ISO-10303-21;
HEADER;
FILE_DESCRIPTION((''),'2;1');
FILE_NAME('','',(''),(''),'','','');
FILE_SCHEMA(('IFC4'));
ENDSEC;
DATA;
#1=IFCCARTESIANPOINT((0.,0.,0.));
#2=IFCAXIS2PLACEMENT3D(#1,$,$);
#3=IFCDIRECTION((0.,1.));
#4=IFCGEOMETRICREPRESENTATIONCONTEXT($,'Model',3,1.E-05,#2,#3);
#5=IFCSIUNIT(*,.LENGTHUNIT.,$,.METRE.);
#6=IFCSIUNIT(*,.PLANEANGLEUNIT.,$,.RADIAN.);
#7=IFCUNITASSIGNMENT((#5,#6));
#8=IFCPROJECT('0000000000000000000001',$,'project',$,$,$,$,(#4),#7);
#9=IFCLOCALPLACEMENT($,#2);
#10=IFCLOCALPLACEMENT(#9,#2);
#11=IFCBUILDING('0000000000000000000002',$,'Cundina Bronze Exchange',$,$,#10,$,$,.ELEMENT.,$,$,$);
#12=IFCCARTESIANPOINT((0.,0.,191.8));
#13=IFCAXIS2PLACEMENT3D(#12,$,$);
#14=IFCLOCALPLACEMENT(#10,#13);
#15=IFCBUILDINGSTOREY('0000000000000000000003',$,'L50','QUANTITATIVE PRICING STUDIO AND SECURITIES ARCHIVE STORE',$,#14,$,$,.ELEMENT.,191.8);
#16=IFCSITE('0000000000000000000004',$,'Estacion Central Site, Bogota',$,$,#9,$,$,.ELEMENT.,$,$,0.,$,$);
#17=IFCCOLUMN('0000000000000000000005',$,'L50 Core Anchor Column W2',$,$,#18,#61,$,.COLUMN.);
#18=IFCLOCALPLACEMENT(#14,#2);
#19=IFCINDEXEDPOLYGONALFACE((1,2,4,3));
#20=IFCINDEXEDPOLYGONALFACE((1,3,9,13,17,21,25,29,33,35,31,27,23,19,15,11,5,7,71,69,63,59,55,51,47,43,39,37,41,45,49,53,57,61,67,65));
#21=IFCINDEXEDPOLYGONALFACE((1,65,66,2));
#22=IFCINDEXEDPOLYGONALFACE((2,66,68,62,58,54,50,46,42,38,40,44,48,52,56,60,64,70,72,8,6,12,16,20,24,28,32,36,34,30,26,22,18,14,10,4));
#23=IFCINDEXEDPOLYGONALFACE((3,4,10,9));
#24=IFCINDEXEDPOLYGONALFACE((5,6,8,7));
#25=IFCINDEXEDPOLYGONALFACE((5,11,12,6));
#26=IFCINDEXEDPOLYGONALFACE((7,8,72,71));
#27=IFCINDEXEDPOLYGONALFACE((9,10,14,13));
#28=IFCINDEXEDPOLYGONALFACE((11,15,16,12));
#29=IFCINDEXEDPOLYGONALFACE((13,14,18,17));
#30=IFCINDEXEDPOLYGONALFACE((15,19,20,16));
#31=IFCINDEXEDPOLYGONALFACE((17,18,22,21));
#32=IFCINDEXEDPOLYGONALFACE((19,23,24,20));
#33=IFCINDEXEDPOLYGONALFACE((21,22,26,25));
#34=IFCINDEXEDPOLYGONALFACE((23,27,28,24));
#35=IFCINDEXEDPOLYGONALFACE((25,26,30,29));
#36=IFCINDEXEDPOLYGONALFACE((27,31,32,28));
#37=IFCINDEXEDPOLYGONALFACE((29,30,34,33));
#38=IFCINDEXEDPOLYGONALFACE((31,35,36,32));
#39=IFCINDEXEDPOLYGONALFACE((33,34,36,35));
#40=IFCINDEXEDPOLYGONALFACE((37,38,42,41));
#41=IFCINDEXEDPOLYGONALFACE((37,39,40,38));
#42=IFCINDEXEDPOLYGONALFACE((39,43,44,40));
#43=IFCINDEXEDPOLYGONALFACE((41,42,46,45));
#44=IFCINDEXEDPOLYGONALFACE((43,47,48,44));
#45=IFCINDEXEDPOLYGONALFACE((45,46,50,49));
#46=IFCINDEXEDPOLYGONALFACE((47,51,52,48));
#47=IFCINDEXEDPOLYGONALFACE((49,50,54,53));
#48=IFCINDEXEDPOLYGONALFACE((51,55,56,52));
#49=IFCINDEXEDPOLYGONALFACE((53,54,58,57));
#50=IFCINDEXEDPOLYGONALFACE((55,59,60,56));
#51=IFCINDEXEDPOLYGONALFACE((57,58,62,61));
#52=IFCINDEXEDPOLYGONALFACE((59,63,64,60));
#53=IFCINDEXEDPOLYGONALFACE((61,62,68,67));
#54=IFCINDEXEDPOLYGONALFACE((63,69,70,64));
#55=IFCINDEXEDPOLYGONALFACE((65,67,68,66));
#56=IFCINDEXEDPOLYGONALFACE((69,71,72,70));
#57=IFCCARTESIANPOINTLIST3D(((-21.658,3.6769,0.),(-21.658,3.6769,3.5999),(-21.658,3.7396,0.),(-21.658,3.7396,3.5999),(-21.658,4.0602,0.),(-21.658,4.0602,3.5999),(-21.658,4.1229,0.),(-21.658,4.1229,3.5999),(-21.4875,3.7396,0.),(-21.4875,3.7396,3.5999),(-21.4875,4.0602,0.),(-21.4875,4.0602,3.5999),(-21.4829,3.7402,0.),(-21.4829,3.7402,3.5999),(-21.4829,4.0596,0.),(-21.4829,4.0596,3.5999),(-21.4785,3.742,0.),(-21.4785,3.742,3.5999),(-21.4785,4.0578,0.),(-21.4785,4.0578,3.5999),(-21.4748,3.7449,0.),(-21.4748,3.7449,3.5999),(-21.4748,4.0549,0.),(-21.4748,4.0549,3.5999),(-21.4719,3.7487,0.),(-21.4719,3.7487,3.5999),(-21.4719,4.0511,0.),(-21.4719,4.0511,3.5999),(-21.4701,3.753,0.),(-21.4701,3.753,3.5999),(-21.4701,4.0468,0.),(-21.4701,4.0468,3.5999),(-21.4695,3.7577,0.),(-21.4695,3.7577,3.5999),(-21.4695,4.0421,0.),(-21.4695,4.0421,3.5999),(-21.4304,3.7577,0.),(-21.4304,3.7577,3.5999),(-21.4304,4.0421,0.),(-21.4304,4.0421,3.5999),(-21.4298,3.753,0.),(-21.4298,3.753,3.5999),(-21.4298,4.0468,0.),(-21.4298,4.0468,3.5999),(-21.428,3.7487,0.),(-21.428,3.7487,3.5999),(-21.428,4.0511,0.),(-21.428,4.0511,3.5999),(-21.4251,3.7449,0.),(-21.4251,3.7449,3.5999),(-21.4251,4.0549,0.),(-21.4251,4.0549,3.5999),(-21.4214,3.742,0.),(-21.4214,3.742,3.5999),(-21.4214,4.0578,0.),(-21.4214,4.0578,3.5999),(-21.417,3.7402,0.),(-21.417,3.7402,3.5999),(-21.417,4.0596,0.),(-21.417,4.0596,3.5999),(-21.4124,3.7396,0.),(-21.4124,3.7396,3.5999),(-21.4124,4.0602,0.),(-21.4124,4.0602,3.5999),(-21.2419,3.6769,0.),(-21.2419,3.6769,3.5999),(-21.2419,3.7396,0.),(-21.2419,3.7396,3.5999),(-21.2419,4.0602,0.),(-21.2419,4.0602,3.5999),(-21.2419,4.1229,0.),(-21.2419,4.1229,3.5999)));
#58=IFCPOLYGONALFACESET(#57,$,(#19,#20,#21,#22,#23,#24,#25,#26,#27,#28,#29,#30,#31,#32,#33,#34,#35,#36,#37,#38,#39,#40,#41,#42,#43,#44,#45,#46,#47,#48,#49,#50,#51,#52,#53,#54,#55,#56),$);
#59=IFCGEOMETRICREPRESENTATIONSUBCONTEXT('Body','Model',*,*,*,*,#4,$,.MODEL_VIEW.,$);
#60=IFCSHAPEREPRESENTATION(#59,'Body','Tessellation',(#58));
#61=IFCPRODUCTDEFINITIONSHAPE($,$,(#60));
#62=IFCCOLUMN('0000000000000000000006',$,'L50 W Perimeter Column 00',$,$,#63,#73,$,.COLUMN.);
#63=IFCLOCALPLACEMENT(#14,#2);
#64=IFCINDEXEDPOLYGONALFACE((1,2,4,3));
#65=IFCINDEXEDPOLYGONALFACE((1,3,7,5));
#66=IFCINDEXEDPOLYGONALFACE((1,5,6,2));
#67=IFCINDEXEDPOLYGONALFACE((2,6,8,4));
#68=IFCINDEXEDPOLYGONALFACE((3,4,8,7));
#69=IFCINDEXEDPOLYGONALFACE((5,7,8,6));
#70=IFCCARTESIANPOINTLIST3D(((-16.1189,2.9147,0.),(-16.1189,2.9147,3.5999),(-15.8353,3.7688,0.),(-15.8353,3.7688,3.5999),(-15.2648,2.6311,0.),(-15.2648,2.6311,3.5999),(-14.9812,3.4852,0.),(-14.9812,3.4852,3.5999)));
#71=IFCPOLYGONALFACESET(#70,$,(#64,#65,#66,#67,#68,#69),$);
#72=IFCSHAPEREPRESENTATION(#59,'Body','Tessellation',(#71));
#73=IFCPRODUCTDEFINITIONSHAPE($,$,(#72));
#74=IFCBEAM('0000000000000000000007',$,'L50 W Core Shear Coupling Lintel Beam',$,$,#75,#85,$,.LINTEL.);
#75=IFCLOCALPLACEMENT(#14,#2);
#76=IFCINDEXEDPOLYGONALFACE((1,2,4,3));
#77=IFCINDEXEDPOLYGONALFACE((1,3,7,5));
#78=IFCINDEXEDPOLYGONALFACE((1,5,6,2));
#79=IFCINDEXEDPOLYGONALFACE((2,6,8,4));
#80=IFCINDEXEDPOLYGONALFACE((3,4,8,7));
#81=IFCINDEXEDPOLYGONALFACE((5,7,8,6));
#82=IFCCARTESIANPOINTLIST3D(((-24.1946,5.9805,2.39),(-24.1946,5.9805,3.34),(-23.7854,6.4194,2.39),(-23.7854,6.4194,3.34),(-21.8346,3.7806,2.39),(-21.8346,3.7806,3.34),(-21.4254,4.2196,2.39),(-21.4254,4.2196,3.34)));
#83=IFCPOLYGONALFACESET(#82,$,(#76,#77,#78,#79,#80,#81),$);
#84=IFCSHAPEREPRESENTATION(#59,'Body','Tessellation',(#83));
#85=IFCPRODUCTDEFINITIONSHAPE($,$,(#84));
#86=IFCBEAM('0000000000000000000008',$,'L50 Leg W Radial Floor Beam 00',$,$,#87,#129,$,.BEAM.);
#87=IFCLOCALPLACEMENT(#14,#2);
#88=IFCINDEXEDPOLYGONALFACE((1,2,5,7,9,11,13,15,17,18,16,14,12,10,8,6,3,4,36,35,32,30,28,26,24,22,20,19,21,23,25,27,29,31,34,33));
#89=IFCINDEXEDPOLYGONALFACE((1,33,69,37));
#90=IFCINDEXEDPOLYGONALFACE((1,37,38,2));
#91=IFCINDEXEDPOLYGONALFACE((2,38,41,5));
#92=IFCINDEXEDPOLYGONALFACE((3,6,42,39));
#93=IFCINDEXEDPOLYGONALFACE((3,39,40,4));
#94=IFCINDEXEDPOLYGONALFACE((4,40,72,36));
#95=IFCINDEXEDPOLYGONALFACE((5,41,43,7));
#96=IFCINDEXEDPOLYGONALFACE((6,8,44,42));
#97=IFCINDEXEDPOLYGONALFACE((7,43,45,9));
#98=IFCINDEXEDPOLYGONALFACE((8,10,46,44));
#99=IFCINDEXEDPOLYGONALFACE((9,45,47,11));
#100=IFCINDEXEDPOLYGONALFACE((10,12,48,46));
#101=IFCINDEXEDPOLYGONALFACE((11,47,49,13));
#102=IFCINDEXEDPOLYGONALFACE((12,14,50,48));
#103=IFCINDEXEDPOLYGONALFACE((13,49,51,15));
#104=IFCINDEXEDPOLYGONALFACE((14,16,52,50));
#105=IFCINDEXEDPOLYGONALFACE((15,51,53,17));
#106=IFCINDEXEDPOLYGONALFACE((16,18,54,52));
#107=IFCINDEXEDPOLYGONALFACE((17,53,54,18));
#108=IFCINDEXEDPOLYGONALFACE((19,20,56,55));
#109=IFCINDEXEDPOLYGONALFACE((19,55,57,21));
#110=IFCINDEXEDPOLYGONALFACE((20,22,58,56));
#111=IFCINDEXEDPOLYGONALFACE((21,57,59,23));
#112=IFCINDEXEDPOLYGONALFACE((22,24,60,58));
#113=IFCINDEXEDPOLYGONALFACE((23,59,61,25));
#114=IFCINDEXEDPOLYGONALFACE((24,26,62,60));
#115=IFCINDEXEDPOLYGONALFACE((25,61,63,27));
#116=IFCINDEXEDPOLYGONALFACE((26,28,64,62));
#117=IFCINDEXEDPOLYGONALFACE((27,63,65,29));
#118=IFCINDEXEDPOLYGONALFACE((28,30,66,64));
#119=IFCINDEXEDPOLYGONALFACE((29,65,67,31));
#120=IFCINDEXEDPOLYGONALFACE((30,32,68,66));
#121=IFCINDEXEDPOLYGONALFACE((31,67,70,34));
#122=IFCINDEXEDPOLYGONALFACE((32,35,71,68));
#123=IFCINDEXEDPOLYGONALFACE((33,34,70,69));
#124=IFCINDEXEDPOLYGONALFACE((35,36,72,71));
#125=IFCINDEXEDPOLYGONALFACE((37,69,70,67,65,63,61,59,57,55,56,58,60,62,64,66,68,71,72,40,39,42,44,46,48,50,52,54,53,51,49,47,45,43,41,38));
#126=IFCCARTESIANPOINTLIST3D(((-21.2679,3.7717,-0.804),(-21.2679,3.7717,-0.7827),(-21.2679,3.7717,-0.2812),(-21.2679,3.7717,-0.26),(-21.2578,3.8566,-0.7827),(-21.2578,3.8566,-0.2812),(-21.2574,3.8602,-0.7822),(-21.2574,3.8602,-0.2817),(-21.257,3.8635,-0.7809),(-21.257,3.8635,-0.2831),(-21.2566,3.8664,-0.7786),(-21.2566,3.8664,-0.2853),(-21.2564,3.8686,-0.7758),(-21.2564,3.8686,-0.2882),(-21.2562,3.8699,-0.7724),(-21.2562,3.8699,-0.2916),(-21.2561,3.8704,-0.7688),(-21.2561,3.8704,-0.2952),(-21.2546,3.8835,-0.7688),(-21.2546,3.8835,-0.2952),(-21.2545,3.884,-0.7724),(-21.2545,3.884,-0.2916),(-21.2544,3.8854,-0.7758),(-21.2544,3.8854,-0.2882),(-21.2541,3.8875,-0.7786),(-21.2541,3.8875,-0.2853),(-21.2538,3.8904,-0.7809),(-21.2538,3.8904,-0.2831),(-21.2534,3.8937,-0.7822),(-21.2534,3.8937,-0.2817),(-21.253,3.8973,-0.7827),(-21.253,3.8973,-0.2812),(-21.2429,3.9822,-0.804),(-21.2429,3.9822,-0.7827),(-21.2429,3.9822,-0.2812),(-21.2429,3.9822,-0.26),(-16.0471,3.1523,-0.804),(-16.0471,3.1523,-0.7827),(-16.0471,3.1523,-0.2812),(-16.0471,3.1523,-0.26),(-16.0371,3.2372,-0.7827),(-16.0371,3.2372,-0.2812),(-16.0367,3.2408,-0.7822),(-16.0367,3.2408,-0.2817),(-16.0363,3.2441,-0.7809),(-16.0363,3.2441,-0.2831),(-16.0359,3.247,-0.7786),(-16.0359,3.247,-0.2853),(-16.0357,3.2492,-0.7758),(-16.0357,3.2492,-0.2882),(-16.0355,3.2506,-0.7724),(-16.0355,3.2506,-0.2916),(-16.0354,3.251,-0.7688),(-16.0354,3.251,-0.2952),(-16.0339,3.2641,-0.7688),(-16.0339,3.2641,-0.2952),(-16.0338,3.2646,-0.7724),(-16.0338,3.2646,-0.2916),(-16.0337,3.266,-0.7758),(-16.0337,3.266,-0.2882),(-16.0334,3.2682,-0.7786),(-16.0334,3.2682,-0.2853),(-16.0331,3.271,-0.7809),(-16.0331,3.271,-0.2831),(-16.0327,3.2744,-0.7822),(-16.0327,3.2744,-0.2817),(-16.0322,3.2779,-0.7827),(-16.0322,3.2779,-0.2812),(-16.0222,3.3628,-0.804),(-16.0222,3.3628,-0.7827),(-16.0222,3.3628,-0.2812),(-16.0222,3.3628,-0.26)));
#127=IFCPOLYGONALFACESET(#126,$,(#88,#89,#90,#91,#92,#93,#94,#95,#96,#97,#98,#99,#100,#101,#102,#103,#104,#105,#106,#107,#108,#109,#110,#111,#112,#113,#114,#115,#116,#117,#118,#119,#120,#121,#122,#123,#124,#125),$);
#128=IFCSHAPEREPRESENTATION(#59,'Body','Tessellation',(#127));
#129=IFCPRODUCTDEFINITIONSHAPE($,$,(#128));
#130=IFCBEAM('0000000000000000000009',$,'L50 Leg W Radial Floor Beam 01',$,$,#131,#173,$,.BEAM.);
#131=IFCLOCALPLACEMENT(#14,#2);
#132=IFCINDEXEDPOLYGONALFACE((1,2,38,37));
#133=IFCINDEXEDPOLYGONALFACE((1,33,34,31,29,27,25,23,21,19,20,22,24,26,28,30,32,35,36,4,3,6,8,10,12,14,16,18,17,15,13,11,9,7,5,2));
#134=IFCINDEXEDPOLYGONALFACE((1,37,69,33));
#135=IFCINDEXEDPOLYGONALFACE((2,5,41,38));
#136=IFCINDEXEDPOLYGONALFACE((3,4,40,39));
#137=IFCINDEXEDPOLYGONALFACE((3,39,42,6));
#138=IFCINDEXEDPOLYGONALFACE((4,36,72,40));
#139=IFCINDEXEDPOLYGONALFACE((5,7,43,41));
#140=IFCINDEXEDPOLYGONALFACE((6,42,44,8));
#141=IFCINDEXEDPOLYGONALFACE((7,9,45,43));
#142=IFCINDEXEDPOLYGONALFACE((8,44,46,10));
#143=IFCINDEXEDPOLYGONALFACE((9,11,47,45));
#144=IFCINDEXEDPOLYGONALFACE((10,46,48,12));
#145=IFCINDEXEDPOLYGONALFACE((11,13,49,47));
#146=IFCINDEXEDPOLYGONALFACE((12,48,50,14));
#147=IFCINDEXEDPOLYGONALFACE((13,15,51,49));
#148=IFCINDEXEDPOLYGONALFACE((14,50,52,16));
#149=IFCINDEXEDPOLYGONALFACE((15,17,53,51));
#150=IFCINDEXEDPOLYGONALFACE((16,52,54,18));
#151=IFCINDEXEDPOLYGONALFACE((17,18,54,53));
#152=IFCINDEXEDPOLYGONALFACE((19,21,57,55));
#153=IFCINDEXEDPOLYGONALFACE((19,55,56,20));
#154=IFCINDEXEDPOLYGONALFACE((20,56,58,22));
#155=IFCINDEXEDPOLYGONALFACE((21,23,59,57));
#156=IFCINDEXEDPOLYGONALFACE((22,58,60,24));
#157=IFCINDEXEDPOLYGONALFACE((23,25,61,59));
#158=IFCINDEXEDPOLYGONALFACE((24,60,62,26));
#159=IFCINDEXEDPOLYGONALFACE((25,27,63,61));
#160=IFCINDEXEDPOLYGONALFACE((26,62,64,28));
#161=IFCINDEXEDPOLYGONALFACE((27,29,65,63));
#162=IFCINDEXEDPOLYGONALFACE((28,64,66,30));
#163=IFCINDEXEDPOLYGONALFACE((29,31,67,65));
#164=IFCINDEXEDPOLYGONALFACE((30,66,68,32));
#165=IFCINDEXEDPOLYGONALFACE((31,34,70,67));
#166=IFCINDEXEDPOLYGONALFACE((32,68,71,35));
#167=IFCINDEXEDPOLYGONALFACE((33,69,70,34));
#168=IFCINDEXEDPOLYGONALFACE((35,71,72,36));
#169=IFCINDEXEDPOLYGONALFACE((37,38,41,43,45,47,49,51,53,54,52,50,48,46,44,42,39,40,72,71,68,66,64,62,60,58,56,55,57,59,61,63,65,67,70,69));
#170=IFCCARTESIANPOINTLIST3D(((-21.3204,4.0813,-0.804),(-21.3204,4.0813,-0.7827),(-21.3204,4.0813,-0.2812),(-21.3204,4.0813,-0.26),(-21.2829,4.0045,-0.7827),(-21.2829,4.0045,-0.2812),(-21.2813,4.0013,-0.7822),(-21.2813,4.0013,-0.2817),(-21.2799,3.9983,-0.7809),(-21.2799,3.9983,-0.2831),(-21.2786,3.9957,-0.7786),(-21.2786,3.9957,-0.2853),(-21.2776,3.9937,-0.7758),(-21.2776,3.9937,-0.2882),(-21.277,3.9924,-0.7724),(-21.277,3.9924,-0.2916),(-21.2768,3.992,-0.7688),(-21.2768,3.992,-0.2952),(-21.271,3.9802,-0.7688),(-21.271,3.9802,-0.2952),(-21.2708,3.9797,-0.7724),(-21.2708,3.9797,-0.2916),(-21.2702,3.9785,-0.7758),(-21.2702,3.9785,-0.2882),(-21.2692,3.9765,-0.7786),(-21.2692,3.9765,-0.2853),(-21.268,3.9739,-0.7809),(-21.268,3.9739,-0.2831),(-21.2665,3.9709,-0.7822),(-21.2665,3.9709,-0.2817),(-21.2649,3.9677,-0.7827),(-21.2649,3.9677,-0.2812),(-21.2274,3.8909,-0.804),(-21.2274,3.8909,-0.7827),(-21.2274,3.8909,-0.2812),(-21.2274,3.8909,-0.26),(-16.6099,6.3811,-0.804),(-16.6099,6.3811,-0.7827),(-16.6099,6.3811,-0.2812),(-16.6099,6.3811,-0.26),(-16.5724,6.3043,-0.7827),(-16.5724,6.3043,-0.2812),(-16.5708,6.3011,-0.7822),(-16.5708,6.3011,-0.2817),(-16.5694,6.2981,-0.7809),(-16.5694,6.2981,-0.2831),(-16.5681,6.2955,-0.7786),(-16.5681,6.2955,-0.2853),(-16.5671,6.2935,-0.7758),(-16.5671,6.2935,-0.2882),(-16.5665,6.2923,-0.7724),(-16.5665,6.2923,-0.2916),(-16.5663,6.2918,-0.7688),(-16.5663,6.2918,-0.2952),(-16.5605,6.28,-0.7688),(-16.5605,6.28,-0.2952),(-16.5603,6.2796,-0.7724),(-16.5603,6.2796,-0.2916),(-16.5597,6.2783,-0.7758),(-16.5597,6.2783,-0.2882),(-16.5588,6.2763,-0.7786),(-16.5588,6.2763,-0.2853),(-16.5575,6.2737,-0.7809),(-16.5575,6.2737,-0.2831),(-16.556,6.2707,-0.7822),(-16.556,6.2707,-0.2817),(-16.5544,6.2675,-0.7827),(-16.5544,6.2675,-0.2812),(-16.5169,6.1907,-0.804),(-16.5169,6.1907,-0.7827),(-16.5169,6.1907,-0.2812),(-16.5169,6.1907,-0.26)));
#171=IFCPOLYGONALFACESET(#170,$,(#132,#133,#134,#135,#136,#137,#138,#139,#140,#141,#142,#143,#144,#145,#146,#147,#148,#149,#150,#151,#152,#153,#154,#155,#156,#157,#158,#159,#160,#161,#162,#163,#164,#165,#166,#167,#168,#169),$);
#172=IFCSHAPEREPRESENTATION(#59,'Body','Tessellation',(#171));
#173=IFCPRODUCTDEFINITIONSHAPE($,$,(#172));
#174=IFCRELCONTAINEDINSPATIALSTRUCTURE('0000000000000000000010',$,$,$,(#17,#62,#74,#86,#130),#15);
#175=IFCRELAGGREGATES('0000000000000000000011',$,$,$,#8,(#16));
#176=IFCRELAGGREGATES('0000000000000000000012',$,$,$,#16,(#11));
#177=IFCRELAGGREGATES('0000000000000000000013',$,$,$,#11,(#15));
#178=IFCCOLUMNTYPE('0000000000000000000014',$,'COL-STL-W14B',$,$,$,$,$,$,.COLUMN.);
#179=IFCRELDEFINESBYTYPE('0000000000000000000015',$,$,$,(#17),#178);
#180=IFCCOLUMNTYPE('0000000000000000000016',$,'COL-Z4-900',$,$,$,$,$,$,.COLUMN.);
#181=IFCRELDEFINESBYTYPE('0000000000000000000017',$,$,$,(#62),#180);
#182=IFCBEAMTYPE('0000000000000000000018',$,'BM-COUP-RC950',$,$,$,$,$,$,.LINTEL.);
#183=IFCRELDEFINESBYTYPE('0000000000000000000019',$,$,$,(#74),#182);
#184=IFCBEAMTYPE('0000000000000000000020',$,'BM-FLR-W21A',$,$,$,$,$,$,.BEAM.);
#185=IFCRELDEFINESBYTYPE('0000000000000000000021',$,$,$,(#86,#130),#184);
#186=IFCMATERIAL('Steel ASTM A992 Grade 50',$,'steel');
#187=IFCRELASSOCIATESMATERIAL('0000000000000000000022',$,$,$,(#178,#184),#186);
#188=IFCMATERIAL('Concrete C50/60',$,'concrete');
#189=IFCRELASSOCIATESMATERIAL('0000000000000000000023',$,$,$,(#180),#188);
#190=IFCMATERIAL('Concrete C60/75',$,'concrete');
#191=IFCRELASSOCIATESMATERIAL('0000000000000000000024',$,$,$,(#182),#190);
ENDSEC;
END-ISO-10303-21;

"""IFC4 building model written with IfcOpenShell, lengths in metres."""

from ifc_helpers import new_model, si_unit, direction, frame, origin, origin_2d, place, context, subcontext, project, spatial, rectangle, i_section, extrude, material, material_profile, profile_set, type_object, element, save


model = new_model("IFC4")

# Units and contexts
model_context = context("Model", 3, precision=1e-05, world=origin(), true_north=direction((0.0, 1.0)))
body_context = subcontext(model_context, "Body", "Model", "MODEL_VIEW")
ifc_project = project(units=[si_unit("LENGTHUNIT", "METRE"), si_unit("PLANEANGLEUNIT", "RADIAN")], contexts=[model_context])

# Site, building, storey
site_placement = place(None, origin())
site = spatial("IfcSite", under=ifc_project, at=site_placement, Name="Estacion Central Site, Bogota", CompositionType="ELEMENT", RefElevation=0.0)
building_placement = place(site_placement, origin())
building = spatial("IfcBuilding", under=site, at=building_placement, Name="Cundina Bronze Exchange", CompositionType="ELEMENT")
storey_placement = place(building_placement, frame((0.0, 0.0, 191.8)))
storey = spatial("IfcBuildingStorey", under=building, at=storey_placement, Name="L50", Description="QUANTITATIVE PRICING STUDIO AND SECURITIES ARCHIVE STORE", CompositionType="ELEMENT", Elevation=191.8)

# Columns
ifc_material_1 = material(Name="Steel ASTM A992 Grade 50", Category="steel")
ifc_material_profile_1 = material_profile(ifc_material_1, i_section(OverallWidth=0.416, OverallDepth=0.446, WebThickness=0.0391, FlangeThickness=0.0627, FilletRadius=0.0181, at=origin_2d()), Name="W14X342", Category="steel")
ifc_profile_set_1 = profile_set([ifc_material_profile_1], Name="Steel ASTM A992 Grade 50")
column_type_1 = type_object("IfcColumnType", Name="COL-STL-W14B", PredefinedType="COLUMN", material=ifc_profile_set_1)
column_1_placement = place(storey_placement, frame((-21.45, 3.8999, 0.0), z_axis=(0.0, 0.0, 1.0), x_axis=(1.0, 0.0, 0.0)))
element("IfcColumn", 1, at=column_1_placement, inside=storey, type_object=column_type_1, Name="L50 Core Anchor Column W2", PredefinedType="COLUMN", context=body_context, shape_type="SweptSolid", body=[
    extrude(i_section(OverallWidth=0.416, OverallDepth=0.446, WebThickness=0.0391, FlangeThickness=0.0627, FilletRadius=0.0181, at=origin_2d()), origin(), (0.0, 0.0, 1.0), 3.5999),
])
ifc_material_2 = material(Name="Concrete C50/60", Category="concrete")
ifc_material_profile_2 = material_profile(ifc_material_2, rectangle(XDim=0.8999, YDim=0.8999, at=origin_2d()), Name="RC900X900", Category="concrete")
ifc_profile_set_2 = profile_set([ifc_material_profile_2], Name="Concrete C50/60")
column_type_2 = type_object("IfcColumnType", Name="COL-Z4-900", PredefinedType="COLUMN", material=ifc_profile_set_2)
column_2_placement = place(storey_placement, frame((-15.55, 3.2, 0.0), z_axis=(0.0, 0.0, 1.0), x_axis=(0.315152, 0.949041, 0.0)))
element("IfcColumn", 2, at=column_2_placement, inside=storey, type_object=column_type_2, Name="L50 W Perimeter Column 00", PredefinedType="COLUMN", context=body_context, shape_type="SweptSolid", body=[
    extrude(rectangle(XDim=0.8999, YDim=0.8999, at=origin_2d()), origin(), (0.0, 0.0, 1.0), 3.5999),
])

# Beams
ifc_material_3 = material(Name="Concrete C60/75", Category="concrete")
ifc_material_profile_3 = material_profile(ifc_material_3, rectangle(XDim=0.6001, YDim=0.95, at=origin_2d()), Name="RC600X950", Category="concrete")
ifc_profile_set_3 = profile_set([ifc_material_profile_3], Name="Concrete C60/75")
beam_type_1 = type_object("IfcBeamType", Name="BM-COUP-RC950", PredefinedType="LINTEL", material=ifc_profile_set_3)
beam_1_placement = place(storey_placement, frame((-23.99, 6.2, 2.865), z_axis=(0.73149, -0.681852, 0.0), x_axis=(0.681852, 0.73149, 0.0)))
element("IfcBeam", 3, at=beam_1_placement, inside=storey, type_object=beam_type_1, Name="L50 W Core Shear Coupling Lintel Beam", PredefinedType="LINTEL", context=body_context, shape_type="SweptSolid", body=[
    extrude(rectangle(XDim=0.6001, YDim=0.95, at=origin_2d()), origin(), (0.0, 0.0, 1.0), 3.2263),
])
ifc_material_profile_4 = material_profile(ifc_material_1, i_section(OverallWidth=0.2119, OverallDepth=0.5439, WebThickness=0.0132, FlangeThickness=0.0212, FilletRadius=0.0139, at=origin_2d()), Name="W21X83", Category="steel")
ifc_profile_set_4 = profile_set([ifc_material_profile_4], Name="Steel ASTM A992 Grade 50")
beam_type_2 = type_object("IfcBeamType", Name="BM-FLR-W21A", PredefinedType="BEAM", material=ifc_profile_set_4)
beam_2_placement = place(storey_placement, frame((-21.2554, 3.877, -0.532), z_axis=(0.993036, -0.117814, 0.0), x_axis=(0.117814, 0.993036, 0.0)))
element("IfcBeam", 4, at=beam_2_placement, inside=storey, type_object=beam_type_2, Name="L50 Leg W Radial Floor Beam 00", PredefinedType="BEAM", context=body_context, shape_type="SweptSolid", body=[
    extrude(i_section(OverallWidth=0.2119, OverallDepth=0.5439, WebThickness=0.0132, FlangeThickness=0.0212, FilletRadius=0.0139, at=origin_2d()), origin(), (0.0, 0.0, 1.0), 5.2573),
])
beam_3_placement = place(storey_placement, frame((-21.2739, 3.9861, -0.532), z_axis=(0.898616, 0.438736, 0.0), x_axis=(-0.438736, 0.898616, 0.0)))
element("IfcBeam", 5, at=beam_3_placement, inside=storey, type_object=beam_type_2, Name="L50 Leg W Radial Floor Beam 01", PredefinedType="BEAM", context=body_context, shape_type="SweptSolid", body=[
    extrude(i_section(OverallWidth=0.2119, OverallDepth=0.5439, WebThickness=0.0132, FlangeThickness=0.0212, FilletRadius=0.0139, at=origin_2d()), origin(), (0.0, 0.0, 1.0), 5.2419),
])

save(model, "model.ifc")
